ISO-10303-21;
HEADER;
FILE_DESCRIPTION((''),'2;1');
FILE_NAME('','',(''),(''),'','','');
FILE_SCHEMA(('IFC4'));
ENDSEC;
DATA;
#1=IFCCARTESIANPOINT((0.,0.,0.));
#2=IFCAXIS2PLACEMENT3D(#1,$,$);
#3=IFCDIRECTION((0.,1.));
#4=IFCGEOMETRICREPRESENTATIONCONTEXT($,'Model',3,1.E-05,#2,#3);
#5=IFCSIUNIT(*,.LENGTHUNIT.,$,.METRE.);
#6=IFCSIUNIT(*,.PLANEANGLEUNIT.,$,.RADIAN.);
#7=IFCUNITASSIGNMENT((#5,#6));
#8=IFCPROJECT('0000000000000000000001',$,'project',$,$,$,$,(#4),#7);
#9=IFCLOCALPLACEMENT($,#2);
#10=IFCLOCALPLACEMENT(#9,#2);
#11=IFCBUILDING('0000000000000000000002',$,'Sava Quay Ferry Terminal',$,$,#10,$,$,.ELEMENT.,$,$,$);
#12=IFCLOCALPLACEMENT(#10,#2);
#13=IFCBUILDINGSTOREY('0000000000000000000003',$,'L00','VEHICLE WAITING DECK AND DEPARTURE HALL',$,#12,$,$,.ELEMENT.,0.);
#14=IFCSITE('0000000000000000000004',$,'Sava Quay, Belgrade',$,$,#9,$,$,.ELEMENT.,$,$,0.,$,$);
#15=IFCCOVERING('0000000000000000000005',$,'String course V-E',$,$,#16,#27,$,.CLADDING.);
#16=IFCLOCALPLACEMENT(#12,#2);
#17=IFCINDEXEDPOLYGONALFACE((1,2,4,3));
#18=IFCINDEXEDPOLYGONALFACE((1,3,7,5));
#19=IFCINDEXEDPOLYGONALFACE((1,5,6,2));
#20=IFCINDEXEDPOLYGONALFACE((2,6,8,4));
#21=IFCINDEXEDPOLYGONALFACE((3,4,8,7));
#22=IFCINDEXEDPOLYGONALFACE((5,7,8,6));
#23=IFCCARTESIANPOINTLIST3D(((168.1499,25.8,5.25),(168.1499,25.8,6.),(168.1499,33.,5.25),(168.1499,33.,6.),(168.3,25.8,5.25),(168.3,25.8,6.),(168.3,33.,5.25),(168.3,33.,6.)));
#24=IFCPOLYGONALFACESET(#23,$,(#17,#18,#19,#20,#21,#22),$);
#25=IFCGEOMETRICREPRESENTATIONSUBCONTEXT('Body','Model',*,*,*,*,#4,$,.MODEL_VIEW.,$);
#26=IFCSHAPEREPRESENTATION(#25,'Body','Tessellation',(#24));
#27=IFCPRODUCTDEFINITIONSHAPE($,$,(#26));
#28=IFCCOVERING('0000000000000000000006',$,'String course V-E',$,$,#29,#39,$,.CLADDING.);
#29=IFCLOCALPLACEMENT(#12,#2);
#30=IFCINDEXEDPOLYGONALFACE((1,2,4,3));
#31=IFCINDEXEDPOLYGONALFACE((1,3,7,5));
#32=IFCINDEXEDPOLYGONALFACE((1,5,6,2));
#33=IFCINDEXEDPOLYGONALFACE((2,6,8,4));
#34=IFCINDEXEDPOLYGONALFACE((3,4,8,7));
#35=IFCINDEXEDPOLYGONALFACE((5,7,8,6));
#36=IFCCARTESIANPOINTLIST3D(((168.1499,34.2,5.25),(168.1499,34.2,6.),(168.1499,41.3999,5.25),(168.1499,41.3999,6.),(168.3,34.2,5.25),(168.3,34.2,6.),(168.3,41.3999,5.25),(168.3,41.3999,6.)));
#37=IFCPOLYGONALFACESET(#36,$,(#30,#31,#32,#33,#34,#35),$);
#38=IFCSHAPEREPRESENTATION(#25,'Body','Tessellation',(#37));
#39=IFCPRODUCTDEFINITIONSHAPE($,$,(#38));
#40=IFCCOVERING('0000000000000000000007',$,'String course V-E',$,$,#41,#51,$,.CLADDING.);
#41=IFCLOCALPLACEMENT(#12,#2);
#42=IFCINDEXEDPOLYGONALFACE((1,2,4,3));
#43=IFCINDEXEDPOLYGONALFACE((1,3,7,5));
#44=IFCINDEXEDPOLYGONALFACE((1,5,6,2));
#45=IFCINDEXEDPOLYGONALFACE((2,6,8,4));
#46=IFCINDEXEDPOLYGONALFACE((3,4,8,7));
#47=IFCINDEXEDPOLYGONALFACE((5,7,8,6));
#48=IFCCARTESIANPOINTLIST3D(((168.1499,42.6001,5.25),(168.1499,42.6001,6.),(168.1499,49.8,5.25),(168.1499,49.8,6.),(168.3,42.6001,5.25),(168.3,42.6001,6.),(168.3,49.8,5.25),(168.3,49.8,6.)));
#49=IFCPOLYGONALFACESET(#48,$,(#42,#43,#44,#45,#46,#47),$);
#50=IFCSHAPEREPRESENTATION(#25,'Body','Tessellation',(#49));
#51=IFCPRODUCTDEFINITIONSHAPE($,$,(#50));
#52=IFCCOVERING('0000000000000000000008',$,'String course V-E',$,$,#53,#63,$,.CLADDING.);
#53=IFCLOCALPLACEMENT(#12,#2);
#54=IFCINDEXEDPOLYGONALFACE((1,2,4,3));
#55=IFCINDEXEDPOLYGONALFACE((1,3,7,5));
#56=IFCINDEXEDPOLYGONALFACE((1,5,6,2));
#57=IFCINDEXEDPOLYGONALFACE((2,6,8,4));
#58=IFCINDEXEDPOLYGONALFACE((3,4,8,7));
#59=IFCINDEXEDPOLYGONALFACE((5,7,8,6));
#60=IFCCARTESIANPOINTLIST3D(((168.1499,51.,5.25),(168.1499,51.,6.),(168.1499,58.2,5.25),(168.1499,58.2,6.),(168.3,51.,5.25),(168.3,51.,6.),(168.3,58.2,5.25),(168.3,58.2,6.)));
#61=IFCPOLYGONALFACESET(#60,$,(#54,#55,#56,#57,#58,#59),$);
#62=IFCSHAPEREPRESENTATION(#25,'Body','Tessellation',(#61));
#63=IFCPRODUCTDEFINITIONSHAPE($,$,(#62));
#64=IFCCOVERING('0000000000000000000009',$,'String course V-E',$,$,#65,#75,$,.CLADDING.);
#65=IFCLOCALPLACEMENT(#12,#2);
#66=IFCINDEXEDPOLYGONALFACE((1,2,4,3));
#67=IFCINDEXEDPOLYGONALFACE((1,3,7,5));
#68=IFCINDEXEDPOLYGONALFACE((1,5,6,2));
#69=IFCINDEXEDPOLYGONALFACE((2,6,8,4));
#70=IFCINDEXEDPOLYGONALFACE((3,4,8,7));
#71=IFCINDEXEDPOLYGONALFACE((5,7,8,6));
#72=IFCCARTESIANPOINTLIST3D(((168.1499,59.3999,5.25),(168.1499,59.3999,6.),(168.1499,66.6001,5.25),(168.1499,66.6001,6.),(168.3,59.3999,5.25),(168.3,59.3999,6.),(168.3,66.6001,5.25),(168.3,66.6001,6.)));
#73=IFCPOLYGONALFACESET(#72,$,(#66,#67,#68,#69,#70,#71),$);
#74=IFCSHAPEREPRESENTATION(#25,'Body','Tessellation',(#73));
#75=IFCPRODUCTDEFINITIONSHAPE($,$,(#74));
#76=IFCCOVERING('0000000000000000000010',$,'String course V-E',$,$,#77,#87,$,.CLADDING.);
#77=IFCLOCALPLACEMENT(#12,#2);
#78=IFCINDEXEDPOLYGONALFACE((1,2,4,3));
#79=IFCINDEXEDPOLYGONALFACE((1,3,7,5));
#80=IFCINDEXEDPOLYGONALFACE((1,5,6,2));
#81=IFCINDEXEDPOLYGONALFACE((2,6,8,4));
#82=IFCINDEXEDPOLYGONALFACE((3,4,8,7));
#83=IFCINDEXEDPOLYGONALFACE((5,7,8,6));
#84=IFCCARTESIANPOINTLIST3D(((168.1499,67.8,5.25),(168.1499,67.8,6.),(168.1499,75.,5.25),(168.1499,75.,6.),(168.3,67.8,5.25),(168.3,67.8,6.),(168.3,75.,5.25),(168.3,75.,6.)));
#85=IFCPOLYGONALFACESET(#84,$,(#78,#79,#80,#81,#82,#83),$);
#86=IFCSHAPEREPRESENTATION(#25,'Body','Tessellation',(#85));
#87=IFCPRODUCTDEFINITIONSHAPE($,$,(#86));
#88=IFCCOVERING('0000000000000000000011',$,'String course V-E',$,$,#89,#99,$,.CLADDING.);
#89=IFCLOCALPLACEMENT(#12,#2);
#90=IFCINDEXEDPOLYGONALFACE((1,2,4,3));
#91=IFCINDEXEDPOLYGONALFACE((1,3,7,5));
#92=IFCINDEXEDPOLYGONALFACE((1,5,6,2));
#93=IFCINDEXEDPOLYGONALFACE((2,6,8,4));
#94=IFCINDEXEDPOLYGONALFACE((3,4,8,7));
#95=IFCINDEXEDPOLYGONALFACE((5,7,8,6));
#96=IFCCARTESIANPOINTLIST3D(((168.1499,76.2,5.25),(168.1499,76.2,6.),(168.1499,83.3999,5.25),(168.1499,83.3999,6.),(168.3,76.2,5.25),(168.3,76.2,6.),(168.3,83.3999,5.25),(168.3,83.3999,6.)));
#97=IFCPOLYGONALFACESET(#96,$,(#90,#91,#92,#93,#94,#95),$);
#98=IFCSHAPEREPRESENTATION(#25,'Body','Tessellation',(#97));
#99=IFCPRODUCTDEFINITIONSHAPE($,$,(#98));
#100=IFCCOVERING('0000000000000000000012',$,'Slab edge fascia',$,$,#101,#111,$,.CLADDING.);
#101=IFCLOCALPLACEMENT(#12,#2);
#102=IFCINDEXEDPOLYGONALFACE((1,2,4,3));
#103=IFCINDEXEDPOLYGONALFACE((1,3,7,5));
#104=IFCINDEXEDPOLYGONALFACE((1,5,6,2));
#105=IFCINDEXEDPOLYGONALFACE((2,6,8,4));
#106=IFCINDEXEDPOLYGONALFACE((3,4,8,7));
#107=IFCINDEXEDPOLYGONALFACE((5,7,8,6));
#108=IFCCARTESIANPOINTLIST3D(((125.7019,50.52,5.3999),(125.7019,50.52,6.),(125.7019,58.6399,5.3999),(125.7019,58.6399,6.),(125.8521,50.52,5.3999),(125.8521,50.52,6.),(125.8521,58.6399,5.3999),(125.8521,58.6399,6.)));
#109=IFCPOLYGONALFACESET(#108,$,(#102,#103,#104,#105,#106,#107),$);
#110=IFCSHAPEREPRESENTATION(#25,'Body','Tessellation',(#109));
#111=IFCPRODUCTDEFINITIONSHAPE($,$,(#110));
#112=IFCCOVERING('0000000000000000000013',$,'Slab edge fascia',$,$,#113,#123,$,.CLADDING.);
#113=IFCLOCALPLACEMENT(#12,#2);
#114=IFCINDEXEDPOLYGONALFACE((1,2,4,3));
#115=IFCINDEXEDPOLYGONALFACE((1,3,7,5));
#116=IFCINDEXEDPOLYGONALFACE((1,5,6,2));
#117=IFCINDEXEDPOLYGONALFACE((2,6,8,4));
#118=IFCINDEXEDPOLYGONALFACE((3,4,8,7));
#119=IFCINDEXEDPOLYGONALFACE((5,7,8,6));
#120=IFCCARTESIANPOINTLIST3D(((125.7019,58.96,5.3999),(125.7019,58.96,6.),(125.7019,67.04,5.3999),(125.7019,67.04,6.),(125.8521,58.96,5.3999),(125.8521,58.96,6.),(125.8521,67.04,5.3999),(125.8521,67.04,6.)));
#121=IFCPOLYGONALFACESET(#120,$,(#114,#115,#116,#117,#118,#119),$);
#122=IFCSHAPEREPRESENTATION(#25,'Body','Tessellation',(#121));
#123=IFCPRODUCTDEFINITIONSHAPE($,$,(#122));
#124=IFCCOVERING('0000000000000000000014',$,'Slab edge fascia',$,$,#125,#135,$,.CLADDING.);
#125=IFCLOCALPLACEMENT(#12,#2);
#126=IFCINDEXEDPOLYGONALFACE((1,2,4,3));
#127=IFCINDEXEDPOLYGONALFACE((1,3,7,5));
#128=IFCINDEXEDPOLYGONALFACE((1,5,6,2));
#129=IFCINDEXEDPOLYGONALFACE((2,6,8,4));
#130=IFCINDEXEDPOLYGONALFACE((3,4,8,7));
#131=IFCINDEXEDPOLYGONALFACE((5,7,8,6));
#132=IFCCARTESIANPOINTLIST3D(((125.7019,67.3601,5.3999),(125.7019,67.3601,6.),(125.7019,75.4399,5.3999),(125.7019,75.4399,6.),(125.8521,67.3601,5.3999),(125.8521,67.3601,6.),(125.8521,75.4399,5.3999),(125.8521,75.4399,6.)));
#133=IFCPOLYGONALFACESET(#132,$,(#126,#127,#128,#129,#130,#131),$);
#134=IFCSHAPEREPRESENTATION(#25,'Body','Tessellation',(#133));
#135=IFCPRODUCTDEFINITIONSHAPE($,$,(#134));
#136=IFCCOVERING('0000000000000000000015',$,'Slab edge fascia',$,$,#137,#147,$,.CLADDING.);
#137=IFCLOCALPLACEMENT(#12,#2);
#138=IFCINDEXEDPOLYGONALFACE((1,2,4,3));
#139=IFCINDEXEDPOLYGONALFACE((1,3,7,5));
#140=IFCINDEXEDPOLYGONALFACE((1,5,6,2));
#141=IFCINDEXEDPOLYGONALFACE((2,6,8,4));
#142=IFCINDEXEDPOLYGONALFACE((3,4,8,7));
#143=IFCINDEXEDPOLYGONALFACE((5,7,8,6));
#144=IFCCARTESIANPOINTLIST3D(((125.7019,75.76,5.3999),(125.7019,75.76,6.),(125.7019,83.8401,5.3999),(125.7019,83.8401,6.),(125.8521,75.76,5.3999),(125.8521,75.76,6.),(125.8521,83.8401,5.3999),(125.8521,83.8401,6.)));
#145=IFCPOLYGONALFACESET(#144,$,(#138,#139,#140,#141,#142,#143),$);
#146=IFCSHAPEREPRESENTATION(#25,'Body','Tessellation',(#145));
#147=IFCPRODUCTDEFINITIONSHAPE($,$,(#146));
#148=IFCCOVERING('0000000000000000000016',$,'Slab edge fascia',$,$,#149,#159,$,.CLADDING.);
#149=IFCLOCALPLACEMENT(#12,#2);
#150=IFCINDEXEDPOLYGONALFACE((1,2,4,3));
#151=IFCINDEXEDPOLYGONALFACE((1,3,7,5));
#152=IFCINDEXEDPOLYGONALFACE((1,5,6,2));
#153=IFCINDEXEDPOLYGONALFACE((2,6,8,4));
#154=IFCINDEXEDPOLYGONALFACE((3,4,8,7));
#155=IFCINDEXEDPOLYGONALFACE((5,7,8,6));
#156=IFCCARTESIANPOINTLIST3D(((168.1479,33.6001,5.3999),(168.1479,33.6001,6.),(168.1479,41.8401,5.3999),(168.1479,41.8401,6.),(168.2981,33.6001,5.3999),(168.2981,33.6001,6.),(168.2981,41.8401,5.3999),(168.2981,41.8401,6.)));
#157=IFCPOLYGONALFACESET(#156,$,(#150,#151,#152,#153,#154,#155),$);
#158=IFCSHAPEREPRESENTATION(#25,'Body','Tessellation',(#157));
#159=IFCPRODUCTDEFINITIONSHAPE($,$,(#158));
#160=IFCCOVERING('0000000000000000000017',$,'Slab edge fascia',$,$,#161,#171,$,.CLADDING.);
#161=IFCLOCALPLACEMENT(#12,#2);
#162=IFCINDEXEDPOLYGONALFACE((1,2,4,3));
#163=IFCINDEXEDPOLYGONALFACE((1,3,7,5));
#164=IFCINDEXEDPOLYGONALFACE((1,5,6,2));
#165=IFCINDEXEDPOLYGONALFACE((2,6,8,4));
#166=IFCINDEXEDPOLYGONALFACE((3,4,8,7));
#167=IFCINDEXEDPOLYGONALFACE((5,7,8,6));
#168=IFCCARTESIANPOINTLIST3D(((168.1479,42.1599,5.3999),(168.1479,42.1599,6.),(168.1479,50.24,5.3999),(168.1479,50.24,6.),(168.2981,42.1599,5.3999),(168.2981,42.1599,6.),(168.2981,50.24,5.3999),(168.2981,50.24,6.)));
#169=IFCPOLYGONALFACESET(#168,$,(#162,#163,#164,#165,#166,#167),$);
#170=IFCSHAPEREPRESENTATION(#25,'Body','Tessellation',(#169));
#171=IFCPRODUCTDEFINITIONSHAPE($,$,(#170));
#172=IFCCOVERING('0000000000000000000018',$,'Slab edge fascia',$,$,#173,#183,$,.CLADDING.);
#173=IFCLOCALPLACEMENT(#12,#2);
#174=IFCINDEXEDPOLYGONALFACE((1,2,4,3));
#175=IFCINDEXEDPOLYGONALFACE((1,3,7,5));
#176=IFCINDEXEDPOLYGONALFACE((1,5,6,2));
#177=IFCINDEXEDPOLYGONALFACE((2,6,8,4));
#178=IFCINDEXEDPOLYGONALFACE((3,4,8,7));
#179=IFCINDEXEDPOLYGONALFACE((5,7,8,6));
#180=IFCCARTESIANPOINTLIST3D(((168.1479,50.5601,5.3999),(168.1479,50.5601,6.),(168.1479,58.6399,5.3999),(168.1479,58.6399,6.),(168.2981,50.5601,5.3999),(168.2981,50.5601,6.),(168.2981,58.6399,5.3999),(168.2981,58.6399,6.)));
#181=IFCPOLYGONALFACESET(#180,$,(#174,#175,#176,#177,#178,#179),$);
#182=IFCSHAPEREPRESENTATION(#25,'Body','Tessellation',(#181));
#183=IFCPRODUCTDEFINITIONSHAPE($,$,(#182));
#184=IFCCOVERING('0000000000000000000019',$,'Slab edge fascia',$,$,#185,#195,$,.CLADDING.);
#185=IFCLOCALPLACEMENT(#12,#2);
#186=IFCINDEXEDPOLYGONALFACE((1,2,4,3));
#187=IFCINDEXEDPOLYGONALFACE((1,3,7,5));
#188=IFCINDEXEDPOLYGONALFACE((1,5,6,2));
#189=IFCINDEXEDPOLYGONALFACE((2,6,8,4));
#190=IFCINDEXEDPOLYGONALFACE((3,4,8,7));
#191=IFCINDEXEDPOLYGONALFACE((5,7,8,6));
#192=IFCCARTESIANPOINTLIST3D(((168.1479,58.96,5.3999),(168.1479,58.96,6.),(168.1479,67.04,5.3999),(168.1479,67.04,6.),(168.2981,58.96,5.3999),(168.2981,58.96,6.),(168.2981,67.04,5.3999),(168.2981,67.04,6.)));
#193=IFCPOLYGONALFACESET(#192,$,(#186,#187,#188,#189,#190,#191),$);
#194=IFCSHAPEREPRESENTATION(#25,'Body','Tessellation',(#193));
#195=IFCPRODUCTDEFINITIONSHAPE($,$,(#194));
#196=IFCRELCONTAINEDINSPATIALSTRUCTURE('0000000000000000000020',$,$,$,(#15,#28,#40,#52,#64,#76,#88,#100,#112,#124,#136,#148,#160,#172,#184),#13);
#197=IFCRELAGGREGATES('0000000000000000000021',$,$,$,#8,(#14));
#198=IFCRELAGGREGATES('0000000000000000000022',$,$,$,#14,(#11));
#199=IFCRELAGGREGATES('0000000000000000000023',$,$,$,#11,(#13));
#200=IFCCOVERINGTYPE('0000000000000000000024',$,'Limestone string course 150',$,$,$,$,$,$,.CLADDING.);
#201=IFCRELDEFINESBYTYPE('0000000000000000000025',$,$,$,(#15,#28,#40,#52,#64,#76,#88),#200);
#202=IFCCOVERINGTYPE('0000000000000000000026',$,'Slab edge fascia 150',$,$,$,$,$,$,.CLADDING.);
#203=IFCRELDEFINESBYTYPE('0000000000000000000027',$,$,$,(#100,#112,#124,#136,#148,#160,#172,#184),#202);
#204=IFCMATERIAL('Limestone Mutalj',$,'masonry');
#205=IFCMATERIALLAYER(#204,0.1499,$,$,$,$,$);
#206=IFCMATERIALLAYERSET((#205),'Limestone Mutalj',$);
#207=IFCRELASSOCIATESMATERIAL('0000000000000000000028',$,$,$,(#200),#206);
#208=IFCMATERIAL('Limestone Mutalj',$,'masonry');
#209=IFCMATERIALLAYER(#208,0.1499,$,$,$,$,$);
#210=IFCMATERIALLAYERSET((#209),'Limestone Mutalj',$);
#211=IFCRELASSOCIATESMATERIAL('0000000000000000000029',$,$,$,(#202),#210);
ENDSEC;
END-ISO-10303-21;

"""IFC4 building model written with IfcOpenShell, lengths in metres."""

from ifc_helpers import new_model, si_unit, direction, frame, origin, place, context, subcontext, project, spatial, polyline, outline, extrude, material, layer, layer_set, type_object, element, save


model = new_model("IFC4")

# Units and contexts
model_context = context("Model", 3, precision=1e-05, world=origin(), true_north=direction((0.0, 1.0)))
body_context = subcontext(model_context, "Body", "Model", "MODEL_VIEW")
ifc_project = project(units=[si_unit("LENGTHUNIT", "METRE"), si_unit("PLANEANGLEUNIT", "RADIAN")], contexts=[model_context])

# Site, building, storey
site_placement = place(None, origin())
site = spatial("IfcSite", under=ifc_project, at=site_placement, Name="Sava Quay, Belgrade", CompositionType="ELEMENT", RefElevation=0.0)
building_placement = place(site_placement, origin())
building = spatial("IfcBuilding", under=site, at=building_placement, Name="Sava Quay Ferry Terminal", CompositionType="ELEMENT")
storey_placement = place(building_placement, origin())
storey = spatial("IfcBuildingStorey", under=building, at=storey_placement, Name="L00", Description="VEHICLE WAITING DECK AND DEPARTURE HALL", CompositionType="ELEMENT", Elevation=0.0)

# Coverings
ifc_material_1 = material(Name="Limestone Mutalj", Category="masonry")
ifc_layer_1 = layer(ifc_material_1, 0.1499)
ifc_layer_set_1 = layer_set([ifc_layer_1], Name="Limestone Mutalj")
covering_type_1 = type_object("IfcCoveringType", Name="Limestone string course 150", PredefinedType="CLADDING", material=ifc_layer_set_1)
covering_1_placement = place(storey_placement, frame((0.0, 0.0, 5.25)))
element("IfcCovering", 1, at=covering_1_placement, inside=storey, type_object=covering_type_1, Name="String course V-E", PredefinedType="CLADDING", context=body_context, shape_type="SweptSolid", body=[
    extrude(outline(polyline([(168.1499, 25.8), (168.1499, 33.0), (168.3, 33.0), (168.3, 25.8), (168.1499, 25.8)])), origin(), (0.0, 0.0, 1.0), 0.75),
])
covering_2_placement = place(storey_placement, frame((0.0, 0.0, 5.25)))
element("IfcCovering", 2, at=covering_2_placement, inside=storey, type_object=covering_type_1, Name="String course V-E", PredefinedType="CLADDING", context=body_context, shape_type="SweptSolid", body=[
    extrude(outline(polyline([(168.1499, 34.2), (168.1499, 41.3999), (168.3, 41.3999), (168.3, 34.2), (168.1499, 34.2)])), origin(), (0.0, 0.0, 1.0), 0.75),
])
covering_3_placement = place(storey_placement, frame((0.0, 0.0, 5.25)))
element("IfcCovering", 3, at=covering_3_placement, inside=storey, type_object=covering_type_1, Name="String course V-E", PredefinedType="CLADDING", context=body_context, shape_type="SweptSolid", body=[
    extrude(outline(polyline([(168.1499, 42.6001), (168.1499, 49.8), (168.3, 49.8), (168.3, 42.6001), (168.1499, 42.6001)])), origin(), (0.0, 0.0, 1.0), 0.75),
])
covering_4_placement = place(storey_placement, frame((0.0, 0.0, 5.25)))
element("IfcCovering", 4, at=covering_4_placement, inside=storey, type_object=covering_type_1, Name="String course V-E", PredefinedType="CLADDING", context=body_context, shape_type="SweptSolid", body=[
    extrude(outline(polyline([(168.1499, 51.0), (168.1499, 58.2), (168.3, 58.2), (168.3, 51.0), (168.1499, 51.0)])), origin(), (0.0, 0.0, 1.0), 0.75),
])
covering_5_placement = place(storey_placement, frame((0.0, 0.0, 5.25)))
element("IfcCovering", 5, at=covering_5_placement, inside=storey, type_object=covering_type_1, Name="String course V-E", PredefinedType="CLADDING", context=body_context, shape_type="SweptSolid", body=[
    extrude(outline(polyline([(168.1499, 59.3999), (168.1499, 66.6001), (168.3, 66.6001), (168.3, 59.3999), (168.1499, 59.3999)])), origin(), (0.0, 0.0, 1.0), 0.75),
])
covering_6_placement = place(storey_placement, frame((0.0, 0.0, 5.25)))
element("IfcCovering", 6, at=covering_6_placement, inside=storey, type_object=covering_type_1, Name="String course V-E", PredefinedType="CLADDING", context=body_context, shape_type="SweptSolid", body=[
    extrude(outline(polyline([(168.1499, 67.8), (168.1499, 75.0), (168.3, 75.0), (168.3, 67.8), (168.1499, 67.8)])), origin(), (0.0, 0.0, 1.0), 0.75),
])
covering_7_placement = place(storey_placement, frame((0.0, 0.0, 5.25)))
element("IfcCovering", 7, at=covering_7_placement, inside=storey, type_object=covering_type_1, Name="String course V-E", PredefinedType="CLADDING", context=body_context, shape_type="SweptSolid", body=[
    extrude(outline(polyline([(168.1499, 76.2), (168.1499, 83.3999), (168.3, 83.3999), (168.3, 76.2), (168.1499, 76.2)])), origin(), (0.0, 0.0, 1.0), 0.75),
])
ifc_material_2 = material(Name="Limestone Mutalj", Category="masonry")
ifc_layer_2 = layer(ifc_material_2, 0.1499)
ifc_layer_set_2 = layer_set([ifc_layer_2], Name="Limestone Mutalj")
covering_type_2 = type_object("IfcCoveringType", Name="Slab edge fascia 150", PredefinedType="CLADDING", material=ifc_layer_set_2)
covering_8_placement = place(storey_placement, frame((0.0, 0.0, 5.3999)))
element("IfcCovering", 8, at=covering_8_placement, inside=storey, type_object=covering_type_2, Name="Slab edge fascia", PredefinedType="CLADDING", context=body_context, shape_type="SweptSolid", body=[
    extrude(outline(polyline([(125.7019, 58.6399), (125.7019, 50.52), (125.8521, 50.52), (125.8521, 58.6399), (125.7019, 58.6399)])), origin(), (0.0, 0.0, 1.0), 0.6001),
])
covering_9_placement = place(storey_placement, frame((0.0, 0.0, 5.3999)))
element("IfcCovering", 9, at=covering_9_placement, inside=storey, type_object=covering_type_2, Name="Slab edge fascia", PredefinedType="CLADDING", context=body_context, shape_type="SweptSolid", body=[
    extrude(outline(polyline([(125.7019, 58.96), (125.8521, 58.96), (125.8521, 67.04), (125.7019, 67.04), (125.7019, 58.96)])), origin(), (0.0, 0.0, 1.0), 0.6001),
])
covering_10_placement = place(storey_placement, frame((0.0, 0.0, 5.3999)))
element("IfcCovering", 10, at=covering_10_placement, inside=storey, type_object=covering_type_2, Name="Slab edge fascia", PredefinedType="CLADDING", context=body_context, shape_type="SweptSolid", body=[
    extrude(outline(polyline([(125.7019, 67.3601), (125.8521, 67.3601), (125.8521, 75.4399), (125.7019, 75.4399), (125.7019, 67.3601)])), origin(), (0.0, 0.0, 1.0), 0.6001),
])
covering_11_placement = place(storey_placement, frame((0.0, 0.0, 5.3999)))
element("IfcCovering", 11, at=covering_11_placement, inside=storey, type_object=covering_type_2, Name="Slab edge fascia", PredefinedType="CLADDING", context=body_context, shape_type="SweptSolid", body=[
    extrude(outline(polyline([(125.7019, 75.76), (125.8521, 75.76), (125.8521, 83.8401), (125.7019, 83.8401), (125.7019, 75.76)])), origin(), (0.0, 0.0, 1.0), 0.6001),
])
covering_12_placement = place(storey_placement, frame((0.0, 0.0, 5.3999)))
element("IfcCovering", 12, at=covering_12_placement, inside=storey, type_object=covering_type_2, Name="Slab edge fascia", PredefinedType="CLADDING", context=body_context, shape_type="SweptSolid", body=[
    extrude(outline(polyline([(168.1479, 41.8401), (168.1479, 33.6001), (168.2981, 33.6001), (168.2981, 41.8401), (168.1479, 41.8401)])), origin(), (0.0, 0.0, 1.0), 0.6001),
])
covering_13_placement = place(storey_placement, frame((0.0, 0.0, 5.3999)))
element("IfcCovering", 13, at=covering_13_placement, inside=storey, type_object=covering_type_2, Name="Slab edge fascia", PredefinedType="CLADDING", context=body_context, shape_type="SweptSolid", body=[
    extrude(outline(polyline([(168.1479, 50.24), (168.1479, 42.1599), (168.2981, 42.1599), (168.2981, 50.24), (168.1479, 50.24)])), origin(), (0.0, 0.0, 1.0), 0.6001),
])
covering_14_placement = place(storey_placement, frame((0.0, 0.0, 5.3999)))
element("IfcCovering", 14, at=covering_14_placement, inside=storey, type_object=covering_type_2, Name="Slab edge fascia", PredefinedType="CLADDING", context=body_context, shape_type="SweptSolid", body=[
    extrude(outline(polyline([(168.1479, 58.6399), (168.1479, 50.5601), (168.2981, 50.5601), (168.2981, 58.6399), (168.1479, 58.6399)])), origin(), (0.0, 0.0, 1.0), 0.6001),
])
covering_15_placement = place(storey_placement, frame((0.0, 0.0, 5.3999)))
element("IfcCovering", 15, at=covering_15_placement, inside=storey, type_object=covering_type_2, Name="Slab edge fascia", PredefinedType="CLADDING", context=body_context, shape_type="SweptSolid", body=[
    extrude(outline(polyline([(168.1479, 67.04), (168.1479, 58.96), (168.2981, 58.96), (168.2981, 67.04), (168.1479, 67.04)])), origin(), (0.0, 0.0, 1.0), 0.6001),
])

save(model, "model.ifc")
